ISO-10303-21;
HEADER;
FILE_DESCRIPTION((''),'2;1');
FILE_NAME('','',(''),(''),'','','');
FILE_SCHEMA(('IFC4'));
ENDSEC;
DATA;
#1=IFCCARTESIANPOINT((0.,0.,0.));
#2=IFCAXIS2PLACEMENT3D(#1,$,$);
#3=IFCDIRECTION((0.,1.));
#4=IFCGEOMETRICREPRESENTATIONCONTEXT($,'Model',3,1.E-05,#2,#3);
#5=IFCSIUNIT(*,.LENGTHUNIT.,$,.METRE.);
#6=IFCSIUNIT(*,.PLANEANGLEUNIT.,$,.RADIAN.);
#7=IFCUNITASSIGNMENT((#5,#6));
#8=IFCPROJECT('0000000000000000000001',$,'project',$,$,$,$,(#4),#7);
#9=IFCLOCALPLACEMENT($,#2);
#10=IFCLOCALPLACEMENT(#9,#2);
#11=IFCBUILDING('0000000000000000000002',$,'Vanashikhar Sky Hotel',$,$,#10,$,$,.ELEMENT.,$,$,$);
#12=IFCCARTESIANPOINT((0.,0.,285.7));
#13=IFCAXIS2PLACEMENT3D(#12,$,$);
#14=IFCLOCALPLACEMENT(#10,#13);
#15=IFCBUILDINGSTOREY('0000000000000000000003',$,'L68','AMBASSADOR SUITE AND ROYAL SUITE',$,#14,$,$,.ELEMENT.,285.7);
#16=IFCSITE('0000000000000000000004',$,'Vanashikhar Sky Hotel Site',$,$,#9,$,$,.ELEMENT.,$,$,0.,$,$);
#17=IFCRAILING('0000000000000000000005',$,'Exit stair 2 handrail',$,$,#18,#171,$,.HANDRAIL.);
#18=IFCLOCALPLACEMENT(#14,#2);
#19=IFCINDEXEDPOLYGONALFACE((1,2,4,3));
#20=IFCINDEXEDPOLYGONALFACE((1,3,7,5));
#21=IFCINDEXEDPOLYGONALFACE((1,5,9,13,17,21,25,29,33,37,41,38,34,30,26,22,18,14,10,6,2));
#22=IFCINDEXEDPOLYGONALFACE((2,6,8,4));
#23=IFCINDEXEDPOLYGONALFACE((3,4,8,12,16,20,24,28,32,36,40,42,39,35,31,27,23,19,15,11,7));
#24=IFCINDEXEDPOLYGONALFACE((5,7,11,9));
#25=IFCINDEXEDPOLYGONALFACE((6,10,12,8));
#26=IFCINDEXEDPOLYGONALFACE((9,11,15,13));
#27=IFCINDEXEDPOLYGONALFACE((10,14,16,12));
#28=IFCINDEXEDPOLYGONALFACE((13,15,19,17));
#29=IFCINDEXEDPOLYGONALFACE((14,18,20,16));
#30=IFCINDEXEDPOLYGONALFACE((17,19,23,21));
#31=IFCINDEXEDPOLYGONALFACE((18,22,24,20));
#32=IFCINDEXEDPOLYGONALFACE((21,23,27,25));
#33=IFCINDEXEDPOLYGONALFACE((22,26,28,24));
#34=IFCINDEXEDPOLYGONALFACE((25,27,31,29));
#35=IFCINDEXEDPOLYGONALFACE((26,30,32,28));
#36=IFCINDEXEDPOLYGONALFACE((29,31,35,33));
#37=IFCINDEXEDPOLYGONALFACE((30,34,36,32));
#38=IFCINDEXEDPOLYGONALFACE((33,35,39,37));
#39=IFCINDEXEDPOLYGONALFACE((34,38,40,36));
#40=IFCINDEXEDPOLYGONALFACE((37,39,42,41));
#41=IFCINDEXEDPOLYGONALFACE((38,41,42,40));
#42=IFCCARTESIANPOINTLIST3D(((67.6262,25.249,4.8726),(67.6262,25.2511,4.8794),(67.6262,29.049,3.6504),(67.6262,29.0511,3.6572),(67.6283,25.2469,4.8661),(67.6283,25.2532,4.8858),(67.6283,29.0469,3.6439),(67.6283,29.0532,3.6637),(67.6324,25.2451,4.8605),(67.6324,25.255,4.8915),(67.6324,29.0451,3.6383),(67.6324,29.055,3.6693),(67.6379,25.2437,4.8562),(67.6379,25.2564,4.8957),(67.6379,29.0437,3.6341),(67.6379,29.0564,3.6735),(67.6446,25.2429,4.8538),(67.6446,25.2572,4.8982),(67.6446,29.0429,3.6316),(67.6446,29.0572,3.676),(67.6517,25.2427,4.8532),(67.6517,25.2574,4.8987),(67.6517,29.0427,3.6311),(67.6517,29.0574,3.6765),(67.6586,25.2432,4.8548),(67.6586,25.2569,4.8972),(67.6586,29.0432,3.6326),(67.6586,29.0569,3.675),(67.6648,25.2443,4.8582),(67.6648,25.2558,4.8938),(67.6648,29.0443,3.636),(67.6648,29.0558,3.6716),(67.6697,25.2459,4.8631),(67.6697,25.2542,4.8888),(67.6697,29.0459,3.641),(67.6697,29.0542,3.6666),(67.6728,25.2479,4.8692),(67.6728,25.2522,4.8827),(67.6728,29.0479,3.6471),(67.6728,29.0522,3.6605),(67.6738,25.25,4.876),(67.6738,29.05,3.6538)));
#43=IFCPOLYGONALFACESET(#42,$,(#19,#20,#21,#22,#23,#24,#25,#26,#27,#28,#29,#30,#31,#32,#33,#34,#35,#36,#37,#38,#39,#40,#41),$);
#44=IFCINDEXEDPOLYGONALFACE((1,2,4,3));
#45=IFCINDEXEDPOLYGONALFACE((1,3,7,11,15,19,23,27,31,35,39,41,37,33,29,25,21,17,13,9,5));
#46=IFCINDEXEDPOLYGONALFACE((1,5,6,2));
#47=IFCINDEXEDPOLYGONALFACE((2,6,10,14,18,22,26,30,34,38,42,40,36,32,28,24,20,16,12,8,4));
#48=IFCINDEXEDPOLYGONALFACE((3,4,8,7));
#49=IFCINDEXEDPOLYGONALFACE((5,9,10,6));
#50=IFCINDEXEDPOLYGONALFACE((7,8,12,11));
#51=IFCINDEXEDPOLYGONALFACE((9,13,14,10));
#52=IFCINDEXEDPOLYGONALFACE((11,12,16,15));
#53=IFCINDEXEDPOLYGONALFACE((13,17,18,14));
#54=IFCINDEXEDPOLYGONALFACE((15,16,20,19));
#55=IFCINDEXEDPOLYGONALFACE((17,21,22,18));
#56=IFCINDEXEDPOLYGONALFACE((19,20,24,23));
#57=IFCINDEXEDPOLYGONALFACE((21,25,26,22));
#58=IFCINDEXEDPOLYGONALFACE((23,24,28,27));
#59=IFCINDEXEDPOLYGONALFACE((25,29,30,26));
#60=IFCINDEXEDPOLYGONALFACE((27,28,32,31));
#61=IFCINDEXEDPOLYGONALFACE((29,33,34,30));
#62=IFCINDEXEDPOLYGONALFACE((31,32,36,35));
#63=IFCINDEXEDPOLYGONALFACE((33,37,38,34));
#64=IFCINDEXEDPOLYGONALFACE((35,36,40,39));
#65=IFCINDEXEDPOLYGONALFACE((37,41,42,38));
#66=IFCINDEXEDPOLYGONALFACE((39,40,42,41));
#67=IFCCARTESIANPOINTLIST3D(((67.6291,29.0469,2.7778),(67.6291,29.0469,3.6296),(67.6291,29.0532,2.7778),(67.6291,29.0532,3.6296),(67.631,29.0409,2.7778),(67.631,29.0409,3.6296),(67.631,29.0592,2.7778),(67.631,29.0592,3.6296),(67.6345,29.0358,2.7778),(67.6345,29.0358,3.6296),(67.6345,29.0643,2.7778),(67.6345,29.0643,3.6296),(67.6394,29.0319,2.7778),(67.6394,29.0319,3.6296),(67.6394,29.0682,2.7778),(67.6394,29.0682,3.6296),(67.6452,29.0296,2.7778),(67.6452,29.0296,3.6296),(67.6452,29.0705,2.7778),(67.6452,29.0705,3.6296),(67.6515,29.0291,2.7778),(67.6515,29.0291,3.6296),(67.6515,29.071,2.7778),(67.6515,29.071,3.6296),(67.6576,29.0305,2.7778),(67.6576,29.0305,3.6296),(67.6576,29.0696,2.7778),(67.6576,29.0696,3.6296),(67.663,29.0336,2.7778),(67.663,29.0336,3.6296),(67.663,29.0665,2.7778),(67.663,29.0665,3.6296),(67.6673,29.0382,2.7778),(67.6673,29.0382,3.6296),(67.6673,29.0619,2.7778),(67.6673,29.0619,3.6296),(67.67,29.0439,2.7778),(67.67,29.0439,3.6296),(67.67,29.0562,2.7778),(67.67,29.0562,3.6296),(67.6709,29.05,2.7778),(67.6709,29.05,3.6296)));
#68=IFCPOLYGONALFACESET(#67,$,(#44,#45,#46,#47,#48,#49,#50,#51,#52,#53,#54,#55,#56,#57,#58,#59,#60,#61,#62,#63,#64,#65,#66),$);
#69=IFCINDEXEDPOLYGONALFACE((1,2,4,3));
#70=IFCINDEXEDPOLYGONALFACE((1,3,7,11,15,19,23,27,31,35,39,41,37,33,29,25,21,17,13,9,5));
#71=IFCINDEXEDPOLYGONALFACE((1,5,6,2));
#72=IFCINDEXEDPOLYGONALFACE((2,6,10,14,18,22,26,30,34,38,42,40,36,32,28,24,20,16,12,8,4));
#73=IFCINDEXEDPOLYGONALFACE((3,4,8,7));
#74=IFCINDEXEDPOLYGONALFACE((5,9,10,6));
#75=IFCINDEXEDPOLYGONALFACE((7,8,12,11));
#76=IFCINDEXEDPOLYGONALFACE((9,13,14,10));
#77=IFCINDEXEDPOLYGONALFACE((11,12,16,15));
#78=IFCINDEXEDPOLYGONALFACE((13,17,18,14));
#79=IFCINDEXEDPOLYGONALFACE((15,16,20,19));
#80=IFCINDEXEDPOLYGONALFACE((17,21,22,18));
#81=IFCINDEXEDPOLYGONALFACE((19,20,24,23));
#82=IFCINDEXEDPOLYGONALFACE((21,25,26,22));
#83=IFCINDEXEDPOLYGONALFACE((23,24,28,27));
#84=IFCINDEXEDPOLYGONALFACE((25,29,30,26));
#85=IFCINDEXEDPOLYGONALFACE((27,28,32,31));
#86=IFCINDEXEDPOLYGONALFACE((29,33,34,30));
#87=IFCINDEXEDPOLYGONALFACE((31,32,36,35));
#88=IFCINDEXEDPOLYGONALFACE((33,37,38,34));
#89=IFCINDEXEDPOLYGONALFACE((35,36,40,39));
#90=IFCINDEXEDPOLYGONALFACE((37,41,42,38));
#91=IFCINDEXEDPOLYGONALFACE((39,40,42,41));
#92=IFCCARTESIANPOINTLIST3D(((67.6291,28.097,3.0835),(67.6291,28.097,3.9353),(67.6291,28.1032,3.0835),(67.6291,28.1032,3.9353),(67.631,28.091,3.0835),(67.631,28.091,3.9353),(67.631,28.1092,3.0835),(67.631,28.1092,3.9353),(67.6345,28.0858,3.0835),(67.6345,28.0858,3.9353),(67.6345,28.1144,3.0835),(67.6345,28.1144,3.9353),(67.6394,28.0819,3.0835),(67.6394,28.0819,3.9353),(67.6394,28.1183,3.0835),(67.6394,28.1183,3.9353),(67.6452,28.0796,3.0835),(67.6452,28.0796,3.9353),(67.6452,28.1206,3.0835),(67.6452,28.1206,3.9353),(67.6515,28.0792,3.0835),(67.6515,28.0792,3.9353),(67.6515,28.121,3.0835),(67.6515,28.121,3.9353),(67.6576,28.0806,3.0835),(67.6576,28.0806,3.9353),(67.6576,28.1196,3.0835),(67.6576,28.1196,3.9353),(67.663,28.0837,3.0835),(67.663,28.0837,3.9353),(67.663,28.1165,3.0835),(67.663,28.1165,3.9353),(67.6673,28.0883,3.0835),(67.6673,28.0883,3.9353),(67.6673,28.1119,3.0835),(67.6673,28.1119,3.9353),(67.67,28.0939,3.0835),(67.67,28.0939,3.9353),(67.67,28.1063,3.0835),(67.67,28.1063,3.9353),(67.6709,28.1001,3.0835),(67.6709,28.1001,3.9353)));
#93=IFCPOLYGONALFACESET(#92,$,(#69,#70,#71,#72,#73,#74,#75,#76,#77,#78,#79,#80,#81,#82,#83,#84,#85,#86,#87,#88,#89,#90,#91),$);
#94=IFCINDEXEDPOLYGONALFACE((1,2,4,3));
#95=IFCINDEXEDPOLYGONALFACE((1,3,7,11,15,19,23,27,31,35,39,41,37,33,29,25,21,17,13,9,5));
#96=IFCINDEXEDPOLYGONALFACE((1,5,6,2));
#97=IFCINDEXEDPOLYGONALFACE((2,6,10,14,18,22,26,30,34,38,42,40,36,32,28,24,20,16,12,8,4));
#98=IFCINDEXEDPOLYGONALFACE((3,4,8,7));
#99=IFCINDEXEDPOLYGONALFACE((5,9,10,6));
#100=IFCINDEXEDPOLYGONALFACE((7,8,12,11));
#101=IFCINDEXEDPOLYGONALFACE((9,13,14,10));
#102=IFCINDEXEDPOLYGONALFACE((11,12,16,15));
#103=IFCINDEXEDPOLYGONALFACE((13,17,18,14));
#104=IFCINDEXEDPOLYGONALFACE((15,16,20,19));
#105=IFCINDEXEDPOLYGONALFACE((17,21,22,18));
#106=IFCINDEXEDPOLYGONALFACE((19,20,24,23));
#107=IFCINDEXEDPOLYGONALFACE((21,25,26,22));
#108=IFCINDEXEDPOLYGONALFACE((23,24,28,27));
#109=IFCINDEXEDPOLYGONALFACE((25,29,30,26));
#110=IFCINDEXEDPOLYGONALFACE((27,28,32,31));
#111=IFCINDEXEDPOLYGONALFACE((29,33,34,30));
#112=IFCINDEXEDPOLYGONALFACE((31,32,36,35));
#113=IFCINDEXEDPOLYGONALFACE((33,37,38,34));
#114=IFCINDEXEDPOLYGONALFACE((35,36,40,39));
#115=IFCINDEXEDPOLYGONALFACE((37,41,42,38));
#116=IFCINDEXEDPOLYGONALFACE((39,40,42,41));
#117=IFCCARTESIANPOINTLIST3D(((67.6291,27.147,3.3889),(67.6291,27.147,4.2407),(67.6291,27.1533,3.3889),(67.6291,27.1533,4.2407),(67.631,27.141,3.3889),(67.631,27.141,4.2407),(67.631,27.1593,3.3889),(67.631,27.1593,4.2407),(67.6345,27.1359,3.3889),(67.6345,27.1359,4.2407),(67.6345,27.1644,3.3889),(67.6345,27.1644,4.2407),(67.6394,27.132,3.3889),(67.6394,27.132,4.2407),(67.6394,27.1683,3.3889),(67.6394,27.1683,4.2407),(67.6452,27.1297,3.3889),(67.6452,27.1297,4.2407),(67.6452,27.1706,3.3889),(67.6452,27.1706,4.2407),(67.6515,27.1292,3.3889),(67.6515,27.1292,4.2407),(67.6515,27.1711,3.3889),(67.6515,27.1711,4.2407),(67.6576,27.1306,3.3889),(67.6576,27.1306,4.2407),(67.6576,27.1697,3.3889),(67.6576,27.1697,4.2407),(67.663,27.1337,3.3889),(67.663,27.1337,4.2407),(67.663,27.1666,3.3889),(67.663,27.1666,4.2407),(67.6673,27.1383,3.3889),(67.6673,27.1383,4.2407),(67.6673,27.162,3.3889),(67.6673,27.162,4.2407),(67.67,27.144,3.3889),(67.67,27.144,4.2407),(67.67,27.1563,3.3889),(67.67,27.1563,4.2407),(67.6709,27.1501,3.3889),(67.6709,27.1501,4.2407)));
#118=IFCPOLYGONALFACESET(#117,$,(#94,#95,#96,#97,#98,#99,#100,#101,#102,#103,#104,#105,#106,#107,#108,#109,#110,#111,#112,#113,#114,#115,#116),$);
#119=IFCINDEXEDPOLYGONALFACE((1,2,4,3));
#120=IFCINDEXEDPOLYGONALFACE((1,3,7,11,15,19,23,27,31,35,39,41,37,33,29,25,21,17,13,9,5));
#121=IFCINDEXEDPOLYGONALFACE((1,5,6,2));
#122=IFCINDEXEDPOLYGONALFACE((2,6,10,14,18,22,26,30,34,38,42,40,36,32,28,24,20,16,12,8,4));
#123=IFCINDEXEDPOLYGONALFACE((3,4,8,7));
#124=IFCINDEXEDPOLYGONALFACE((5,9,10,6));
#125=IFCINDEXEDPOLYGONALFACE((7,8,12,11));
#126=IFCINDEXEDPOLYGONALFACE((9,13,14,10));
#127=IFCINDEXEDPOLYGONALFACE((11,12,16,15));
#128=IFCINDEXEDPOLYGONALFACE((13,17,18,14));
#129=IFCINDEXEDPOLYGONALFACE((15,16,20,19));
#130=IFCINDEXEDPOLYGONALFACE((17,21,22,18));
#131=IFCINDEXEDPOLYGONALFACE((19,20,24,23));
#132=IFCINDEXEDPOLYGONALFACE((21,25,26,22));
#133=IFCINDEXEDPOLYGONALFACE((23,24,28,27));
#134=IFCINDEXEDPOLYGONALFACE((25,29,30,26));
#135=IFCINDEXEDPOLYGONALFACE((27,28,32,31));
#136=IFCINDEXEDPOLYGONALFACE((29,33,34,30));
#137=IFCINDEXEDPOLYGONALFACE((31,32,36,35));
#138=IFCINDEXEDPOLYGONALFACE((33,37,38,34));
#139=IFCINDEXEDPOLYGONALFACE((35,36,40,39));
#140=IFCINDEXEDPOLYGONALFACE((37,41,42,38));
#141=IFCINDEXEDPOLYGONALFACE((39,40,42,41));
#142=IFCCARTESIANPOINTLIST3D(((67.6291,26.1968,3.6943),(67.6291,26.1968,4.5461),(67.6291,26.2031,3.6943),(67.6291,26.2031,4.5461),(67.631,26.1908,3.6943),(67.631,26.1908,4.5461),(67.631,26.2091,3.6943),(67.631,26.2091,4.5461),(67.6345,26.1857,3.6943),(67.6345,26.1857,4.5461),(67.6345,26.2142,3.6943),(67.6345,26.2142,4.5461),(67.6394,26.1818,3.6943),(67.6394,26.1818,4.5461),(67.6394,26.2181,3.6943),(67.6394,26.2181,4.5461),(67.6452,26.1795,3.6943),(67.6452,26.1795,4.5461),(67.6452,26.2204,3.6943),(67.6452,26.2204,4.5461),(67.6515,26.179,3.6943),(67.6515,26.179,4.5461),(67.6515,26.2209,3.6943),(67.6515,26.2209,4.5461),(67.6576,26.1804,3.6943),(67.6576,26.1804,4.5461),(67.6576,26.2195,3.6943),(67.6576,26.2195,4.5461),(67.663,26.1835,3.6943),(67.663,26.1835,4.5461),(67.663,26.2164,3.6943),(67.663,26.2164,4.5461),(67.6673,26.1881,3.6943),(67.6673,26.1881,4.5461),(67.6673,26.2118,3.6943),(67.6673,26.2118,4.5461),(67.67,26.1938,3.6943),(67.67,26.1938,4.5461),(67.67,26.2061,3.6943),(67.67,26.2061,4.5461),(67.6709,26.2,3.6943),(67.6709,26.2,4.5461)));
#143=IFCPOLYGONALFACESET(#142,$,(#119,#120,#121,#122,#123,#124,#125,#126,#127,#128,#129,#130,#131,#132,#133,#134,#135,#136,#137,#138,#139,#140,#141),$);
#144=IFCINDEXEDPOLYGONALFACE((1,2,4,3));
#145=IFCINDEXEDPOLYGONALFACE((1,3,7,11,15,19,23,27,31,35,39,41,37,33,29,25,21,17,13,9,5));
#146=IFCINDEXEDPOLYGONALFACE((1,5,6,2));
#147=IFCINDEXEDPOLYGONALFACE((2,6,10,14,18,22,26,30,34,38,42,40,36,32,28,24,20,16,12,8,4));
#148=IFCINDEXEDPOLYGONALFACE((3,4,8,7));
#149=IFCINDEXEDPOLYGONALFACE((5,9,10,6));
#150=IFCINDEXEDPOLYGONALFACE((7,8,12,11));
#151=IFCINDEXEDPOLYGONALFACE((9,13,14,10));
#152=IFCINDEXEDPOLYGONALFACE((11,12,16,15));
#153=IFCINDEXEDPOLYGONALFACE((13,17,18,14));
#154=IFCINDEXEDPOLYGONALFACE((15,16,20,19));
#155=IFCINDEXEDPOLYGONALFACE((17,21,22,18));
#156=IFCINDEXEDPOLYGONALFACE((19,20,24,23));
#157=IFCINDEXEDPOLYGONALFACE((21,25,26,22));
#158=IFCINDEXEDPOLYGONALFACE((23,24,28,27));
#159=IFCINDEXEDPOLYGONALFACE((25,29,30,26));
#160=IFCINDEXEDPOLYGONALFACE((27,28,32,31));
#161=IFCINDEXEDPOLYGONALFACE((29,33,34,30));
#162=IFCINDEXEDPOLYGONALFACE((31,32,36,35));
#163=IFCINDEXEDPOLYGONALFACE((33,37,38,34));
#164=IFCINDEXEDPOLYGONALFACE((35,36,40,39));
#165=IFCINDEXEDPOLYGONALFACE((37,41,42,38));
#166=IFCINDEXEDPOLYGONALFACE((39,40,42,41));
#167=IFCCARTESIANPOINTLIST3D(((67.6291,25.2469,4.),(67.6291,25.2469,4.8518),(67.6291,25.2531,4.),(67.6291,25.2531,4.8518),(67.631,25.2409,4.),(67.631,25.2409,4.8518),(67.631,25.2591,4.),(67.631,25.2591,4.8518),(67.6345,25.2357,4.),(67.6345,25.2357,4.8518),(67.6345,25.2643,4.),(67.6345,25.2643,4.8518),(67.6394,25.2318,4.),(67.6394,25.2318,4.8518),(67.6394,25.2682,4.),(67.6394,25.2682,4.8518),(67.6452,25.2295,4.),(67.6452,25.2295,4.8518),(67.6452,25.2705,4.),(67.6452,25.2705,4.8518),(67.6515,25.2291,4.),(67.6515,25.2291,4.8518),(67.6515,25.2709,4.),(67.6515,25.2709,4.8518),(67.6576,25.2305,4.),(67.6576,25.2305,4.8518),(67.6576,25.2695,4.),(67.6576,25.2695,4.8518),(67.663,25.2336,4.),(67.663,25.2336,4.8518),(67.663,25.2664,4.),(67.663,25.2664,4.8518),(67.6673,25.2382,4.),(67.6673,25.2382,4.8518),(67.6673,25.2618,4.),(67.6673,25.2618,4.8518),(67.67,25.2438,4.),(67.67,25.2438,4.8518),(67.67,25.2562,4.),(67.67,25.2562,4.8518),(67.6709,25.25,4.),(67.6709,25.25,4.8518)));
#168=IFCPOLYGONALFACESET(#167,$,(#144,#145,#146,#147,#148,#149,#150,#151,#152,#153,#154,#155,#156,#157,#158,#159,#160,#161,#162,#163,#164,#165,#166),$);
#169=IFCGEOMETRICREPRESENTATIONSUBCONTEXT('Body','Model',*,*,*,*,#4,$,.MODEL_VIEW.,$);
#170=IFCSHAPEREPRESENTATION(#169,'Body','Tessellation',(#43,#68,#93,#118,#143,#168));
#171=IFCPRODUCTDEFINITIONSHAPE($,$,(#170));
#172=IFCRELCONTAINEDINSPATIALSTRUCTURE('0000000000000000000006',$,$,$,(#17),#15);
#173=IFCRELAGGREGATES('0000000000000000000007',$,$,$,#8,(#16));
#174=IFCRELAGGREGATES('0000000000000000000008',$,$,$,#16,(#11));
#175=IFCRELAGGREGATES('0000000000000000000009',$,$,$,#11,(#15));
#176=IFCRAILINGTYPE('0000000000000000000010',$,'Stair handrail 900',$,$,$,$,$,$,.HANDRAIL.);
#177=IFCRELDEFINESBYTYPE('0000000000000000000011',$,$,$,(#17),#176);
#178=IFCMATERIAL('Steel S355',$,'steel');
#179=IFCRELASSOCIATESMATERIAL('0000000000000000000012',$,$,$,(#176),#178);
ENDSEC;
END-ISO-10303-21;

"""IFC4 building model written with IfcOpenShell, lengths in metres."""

from ifc_helpers import new_model, si_unit, direction, frame, origin, origin_2d, place, context, subcontext, project, spatial, circle, extrude, source, transform, mapped, material, type_object, element, save


model = new_model("IFC4")

# Units and contexts
model_context = context("Model", 3, precision=1e-05, world=origin(), true_north=direction((0.0, 1.0)))
body_context = subcontext(model_context, "Body", "Model", "MODEL_VIEW")
ifc_project = project(units=[si_unit("LENGTHUNIT", "METRE"), si_unit("PLANEANGLEUNIT", "RADIAN")], contexts=[model_context])

# Site, building, storey
site_placement = place(None, origin())
site = spatial("IfcSite", under=ifc_project, at=site_placement, Name="Vanashikhar Sky Hotel Site", CompositionType="ELEMENT", RefElevation=0.0)
building_placement = place(site_placement, origin())
building = spatial("IfcBuilding", under=site, at=building_placement, Name="Vanashikhar Sky Hotel", CompositionType="ELEMENT")
storey_placement = place(building_placement, frame((0.0, 0.0, 285.7)))
storey = spatial("IfcBuildingStorey", under=building, at=storey_placement, Name="L68", Description="AMBASSADOR SUITE AND ROYAL SUITE", CompositionType="ELEMENT", Elevation=285.7)

# Railing
ifc_material_1 = material(Name="Steel S355", Category="steel")
railing_type_1 = type_object("IfcRailingType", Name="Stair handrail 900", PredefinedType="HANDRAIL", material=ifc_material_1)
shared_shape_1 = source(origin(), body_context, "Body", "SweptSolid", [
    extrude(circle(Radius=0.0239, at=origin_2d()), frame((0.0, 0.0, 0.876), z_axis=(0.0, -0.951976, 0.306173), x_axis=(1.0, 0.0, 0.0)), (0.0, 0.0, 1.0), 3.9917),
    extrude(circle(Radius=0.021, at=origin_2d()), origin(), (0.0, 0.0, 1.0), 0.8518),
    extrude(circle(Radius=0.021, at=origin_2d()), frame((0.0, -0.95, 0.3057)), (0.0, 0.0, 1.0), 0.8518),
    extrude(circle(Radius=0.021, at=origin_2d()), frame((0.0, -1.8999, 0.6111)), (0.0, 0.0, 1.0), 0.8518),
    extrude(circle(Radius=0.021, at=origin_2d()), frame((0.0, -2.8501, 0.9165)), (0.0, 0.0, 1.0), 0.8518),
    extrude(circle(Radius=0.021, at=origin_2d()), frame((0.0, -3.8, 1.2222)), (0.0, 0.0, 1.0), 0.8518),
])
for number, where, name in (
    (1, (67.6499, 29.05, 2.7778), "Exit stair 2 handrail"),
):
    element("IfcRailing", number, at=place(storey_placement, frame(where)), inside=storey, type_object=railing_type_1, Name=name, PredefinedType="HANDRAIL", context=body_context, shape_type="MappedRepresentation", body=[
        mapped(shared_shape_1, transform((0.0, 0.0, 0.0), scale=1.0)),
    ])

save(model, "model.ifc")
